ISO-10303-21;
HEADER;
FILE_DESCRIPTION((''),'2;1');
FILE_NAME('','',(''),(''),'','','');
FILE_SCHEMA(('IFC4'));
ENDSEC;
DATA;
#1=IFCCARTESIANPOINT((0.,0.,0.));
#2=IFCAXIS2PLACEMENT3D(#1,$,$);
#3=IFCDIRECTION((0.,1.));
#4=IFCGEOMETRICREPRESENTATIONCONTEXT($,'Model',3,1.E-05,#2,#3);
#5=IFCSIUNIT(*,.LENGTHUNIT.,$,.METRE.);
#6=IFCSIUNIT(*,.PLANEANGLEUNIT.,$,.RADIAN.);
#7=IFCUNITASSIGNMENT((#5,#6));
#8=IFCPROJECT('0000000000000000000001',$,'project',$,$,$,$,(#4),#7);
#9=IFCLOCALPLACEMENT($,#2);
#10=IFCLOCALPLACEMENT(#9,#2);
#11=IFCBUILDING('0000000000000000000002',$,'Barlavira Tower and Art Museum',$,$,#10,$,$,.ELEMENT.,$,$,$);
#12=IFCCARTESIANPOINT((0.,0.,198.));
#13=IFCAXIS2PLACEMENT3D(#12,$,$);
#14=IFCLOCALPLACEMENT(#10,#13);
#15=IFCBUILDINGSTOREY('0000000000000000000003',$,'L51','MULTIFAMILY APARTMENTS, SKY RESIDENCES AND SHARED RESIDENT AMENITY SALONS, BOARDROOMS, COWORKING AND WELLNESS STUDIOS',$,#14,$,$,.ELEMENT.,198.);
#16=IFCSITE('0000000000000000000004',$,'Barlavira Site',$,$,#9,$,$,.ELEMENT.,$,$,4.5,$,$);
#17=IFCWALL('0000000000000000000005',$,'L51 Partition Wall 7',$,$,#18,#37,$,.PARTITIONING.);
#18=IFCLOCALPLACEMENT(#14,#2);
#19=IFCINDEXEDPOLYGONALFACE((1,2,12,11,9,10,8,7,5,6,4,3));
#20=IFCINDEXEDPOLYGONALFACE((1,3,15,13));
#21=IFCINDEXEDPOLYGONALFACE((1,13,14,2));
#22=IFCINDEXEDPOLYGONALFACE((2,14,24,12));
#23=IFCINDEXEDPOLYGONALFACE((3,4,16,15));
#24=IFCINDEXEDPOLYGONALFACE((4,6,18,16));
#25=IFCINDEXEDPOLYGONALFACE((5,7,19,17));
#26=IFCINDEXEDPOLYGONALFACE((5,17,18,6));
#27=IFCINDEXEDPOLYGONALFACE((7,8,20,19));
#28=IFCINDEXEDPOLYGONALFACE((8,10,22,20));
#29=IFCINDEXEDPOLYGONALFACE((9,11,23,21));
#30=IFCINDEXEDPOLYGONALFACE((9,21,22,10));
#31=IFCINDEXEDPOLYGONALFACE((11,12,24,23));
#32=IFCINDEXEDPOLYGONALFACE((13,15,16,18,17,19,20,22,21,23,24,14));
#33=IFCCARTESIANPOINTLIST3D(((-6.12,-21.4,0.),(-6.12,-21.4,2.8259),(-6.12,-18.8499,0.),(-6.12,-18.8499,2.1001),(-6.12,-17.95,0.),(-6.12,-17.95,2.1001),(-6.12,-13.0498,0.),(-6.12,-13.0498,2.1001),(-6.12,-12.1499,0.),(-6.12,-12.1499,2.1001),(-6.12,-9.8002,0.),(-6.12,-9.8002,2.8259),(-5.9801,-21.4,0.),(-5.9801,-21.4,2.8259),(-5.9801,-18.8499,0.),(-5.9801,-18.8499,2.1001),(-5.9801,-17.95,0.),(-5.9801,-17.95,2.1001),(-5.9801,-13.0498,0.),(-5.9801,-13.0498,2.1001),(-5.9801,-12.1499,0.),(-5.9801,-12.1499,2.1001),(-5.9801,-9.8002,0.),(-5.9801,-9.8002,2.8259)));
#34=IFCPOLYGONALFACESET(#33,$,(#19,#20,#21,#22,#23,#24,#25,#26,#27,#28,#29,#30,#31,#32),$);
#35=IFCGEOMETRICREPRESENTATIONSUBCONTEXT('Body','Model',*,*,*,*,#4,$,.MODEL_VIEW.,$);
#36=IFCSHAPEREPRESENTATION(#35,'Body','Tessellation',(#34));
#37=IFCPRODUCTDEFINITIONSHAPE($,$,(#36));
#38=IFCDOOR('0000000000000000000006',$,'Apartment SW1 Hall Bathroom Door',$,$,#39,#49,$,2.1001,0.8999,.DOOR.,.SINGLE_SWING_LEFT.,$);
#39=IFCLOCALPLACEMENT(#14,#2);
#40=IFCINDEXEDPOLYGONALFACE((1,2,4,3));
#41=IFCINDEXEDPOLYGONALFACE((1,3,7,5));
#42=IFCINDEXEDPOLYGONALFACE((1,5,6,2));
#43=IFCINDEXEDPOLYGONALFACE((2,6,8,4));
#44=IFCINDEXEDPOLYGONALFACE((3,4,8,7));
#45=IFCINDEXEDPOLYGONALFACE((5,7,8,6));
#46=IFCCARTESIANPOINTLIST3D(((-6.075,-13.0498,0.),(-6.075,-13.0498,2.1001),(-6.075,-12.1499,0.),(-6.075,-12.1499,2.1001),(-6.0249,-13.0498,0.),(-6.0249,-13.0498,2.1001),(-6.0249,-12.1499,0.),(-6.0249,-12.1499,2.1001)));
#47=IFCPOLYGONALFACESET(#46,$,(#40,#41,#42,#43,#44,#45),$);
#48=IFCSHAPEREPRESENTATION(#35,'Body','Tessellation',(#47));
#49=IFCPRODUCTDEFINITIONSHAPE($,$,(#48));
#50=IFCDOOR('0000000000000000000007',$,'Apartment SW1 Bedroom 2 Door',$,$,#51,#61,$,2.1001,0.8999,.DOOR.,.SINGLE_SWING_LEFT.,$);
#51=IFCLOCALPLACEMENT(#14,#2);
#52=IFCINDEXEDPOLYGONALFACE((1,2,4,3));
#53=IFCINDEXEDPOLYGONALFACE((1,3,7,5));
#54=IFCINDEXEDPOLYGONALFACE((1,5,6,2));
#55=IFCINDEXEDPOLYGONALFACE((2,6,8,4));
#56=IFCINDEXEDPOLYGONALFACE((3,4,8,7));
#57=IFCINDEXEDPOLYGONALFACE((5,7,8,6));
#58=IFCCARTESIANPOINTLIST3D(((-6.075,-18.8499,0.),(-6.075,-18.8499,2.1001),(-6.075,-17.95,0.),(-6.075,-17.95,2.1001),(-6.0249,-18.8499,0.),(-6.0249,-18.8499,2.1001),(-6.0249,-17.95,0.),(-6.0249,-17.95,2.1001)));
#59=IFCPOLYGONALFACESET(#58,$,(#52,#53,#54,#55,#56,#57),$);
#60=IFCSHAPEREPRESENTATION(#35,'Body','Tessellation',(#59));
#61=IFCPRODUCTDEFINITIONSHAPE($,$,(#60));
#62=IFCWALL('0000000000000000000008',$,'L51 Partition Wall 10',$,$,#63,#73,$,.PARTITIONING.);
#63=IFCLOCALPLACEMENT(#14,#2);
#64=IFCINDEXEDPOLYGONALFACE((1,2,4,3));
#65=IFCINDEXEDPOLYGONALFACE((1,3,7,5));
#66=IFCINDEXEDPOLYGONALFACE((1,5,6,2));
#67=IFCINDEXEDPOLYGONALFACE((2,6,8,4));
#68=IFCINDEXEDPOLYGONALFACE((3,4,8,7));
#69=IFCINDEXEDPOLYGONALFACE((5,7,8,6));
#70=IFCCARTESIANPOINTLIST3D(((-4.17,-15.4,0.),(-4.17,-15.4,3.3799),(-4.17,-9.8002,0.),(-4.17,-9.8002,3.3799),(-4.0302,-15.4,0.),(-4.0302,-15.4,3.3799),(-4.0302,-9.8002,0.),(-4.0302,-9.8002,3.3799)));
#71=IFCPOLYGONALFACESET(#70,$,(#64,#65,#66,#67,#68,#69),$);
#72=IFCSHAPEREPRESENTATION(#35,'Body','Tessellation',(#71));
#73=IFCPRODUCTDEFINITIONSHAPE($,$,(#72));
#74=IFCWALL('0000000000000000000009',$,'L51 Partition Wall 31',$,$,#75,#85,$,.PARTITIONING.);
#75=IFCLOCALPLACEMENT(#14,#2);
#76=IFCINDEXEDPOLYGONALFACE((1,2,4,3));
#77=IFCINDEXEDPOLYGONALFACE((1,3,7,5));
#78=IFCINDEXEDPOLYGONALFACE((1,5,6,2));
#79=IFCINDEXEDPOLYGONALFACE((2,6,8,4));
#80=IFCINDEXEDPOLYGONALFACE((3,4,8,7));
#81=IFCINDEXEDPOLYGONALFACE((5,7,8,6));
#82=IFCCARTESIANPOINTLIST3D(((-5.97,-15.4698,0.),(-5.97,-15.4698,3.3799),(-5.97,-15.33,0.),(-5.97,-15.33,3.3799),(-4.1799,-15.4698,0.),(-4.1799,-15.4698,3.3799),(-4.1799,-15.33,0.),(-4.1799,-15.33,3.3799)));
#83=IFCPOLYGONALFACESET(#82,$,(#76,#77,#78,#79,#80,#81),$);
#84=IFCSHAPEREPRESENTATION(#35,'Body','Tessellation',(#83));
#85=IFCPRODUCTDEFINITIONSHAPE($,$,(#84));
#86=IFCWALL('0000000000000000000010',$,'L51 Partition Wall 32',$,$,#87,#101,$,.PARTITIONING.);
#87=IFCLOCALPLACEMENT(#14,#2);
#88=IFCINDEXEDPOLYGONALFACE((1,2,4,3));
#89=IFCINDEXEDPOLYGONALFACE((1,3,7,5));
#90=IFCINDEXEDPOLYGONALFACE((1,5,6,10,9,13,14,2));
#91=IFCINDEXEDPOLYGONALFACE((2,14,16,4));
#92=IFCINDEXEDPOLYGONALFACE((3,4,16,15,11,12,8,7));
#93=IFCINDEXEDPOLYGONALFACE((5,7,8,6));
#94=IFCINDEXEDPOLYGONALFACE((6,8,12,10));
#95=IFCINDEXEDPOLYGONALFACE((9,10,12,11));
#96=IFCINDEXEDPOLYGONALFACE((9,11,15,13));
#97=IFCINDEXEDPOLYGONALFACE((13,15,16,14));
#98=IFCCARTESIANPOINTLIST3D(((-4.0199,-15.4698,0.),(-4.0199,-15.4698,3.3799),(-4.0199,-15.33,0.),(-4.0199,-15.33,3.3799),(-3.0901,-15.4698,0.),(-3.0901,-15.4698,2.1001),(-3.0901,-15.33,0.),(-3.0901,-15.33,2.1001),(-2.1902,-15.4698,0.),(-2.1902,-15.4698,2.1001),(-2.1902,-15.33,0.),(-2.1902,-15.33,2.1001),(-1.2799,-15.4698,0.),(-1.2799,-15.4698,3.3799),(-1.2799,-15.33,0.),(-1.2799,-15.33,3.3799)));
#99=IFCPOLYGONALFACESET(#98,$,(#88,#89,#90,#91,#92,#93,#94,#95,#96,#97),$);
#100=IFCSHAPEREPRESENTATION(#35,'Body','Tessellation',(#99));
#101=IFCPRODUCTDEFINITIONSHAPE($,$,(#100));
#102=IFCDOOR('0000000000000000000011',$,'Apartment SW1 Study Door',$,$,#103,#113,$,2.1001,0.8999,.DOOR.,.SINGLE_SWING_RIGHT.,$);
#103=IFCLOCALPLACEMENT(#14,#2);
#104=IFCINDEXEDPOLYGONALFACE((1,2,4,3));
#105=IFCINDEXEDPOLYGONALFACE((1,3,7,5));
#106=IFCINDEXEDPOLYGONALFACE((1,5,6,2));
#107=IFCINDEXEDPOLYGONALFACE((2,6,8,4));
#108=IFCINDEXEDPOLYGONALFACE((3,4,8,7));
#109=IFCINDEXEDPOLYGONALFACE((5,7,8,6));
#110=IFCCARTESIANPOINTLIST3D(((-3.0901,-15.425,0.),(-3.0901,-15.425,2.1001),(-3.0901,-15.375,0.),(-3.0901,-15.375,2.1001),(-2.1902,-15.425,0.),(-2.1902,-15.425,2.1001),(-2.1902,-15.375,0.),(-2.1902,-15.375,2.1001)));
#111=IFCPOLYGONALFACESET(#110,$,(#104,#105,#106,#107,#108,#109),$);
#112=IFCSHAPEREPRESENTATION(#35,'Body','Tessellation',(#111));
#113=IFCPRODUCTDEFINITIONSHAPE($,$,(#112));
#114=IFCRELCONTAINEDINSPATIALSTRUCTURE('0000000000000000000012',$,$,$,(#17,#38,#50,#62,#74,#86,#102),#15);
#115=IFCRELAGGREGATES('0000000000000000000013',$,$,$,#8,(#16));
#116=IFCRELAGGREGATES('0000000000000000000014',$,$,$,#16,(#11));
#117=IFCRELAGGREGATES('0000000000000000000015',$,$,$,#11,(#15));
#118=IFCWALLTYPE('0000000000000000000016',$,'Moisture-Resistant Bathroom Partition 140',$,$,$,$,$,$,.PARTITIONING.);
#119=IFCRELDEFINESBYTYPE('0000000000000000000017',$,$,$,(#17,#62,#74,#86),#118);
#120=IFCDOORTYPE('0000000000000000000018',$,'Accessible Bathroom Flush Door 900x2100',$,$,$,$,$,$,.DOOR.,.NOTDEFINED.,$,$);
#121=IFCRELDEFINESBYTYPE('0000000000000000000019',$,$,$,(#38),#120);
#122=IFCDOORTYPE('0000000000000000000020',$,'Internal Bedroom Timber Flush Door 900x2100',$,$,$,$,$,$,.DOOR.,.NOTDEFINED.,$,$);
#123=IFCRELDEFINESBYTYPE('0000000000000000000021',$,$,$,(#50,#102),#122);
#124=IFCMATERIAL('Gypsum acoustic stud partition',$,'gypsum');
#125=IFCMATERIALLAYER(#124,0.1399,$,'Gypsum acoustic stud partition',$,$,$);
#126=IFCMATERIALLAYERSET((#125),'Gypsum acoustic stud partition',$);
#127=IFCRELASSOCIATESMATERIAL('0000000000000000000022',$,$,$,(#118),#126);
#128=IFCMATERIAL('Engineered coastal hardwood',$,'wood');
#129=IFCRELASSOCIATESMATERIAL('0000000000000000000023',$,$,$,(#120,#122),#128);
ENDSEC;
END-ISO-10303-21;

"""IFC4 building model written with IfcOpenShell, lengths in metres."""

from ifc_helpers import new_model, si_unit, direction, frame, frame_2d, origin, place, context, subcontext, project, spatial, rectangle, extrude, material, layer, layer_set, type_object, element, fill, save


model = new_model("IFC4")

# Units and contexts
model_context = context("Model", 3, precision=1e-05, world=origin(), true_north=direction((0.0, 1.0)))
body_context = subcontext(model_context, "Body", "Model", "MODEL_VIEW")
ifc_project = project(units=[si_unit("LENGTHUNIT", "METRE"), si_unit("PLANEANGLEUNIT", "RADIAN")], contexts=[model_context])

# Site, building, storey
site_placement = place(None, origin())
site = spatial("IfcSite", under=ifc_project, at=site_placement, Name="Barlavira Site", CompositionType="ELEMENT", RefElevation=4.5)
building_placement = place(site_placement, origin())
building = spatial("IfcBuilding", under=site, at=building_placement, Name="Barlavira Tower and Art Museum", CompositionType="ELEMENT")
storey_placement = place(building_placement, frame((0.0, 0.0, 198.0)))
storey = spatial("IfcBuildingStorey", under=building, at=storey_placement, Name="L51", Description="MULTIFAMILY APARTMENTS, SKY RESIDENCES AND SHARED RESIDENT AMENITY SALONS, BOARDROOMS, COWORKING AND WELLNESS STUDIOS", CompositionType="ELEMENT", Elevation=198.0)

# Shared definitions
ifc_material_1 = material(Name="Gypsum acoustic stud partition", Category="gypsum")

# Wall, openings, doors
ifc_layer_1 = layer(ifc_material_1, 0.1399, Name="Gypsum acoustic stud partition")
ifc_layer_set_1 = layer_set([ifc_layer_1], Name="Gypsum acoustic stud partition")
wall_type_1 = type_object("IfcWallType", Name="Moisture-Resistant Bathroom Partition 140", PredefinedType="PARTITIONING", material=ifc_layer_set_1)
wall_1_placement = place(storey_placement, frame((-6.05, -21.3999, 0.0), z_axis=(0.0, 0.0, 1.0), x_axis=(0.0, 1.0, 0.0)))
wall_1 = element("IfcWall", 1, at=wall_1_placement, inside=storey, type_object=wall_type_1, Name="L51 Partition Wall 7", PredefinedType="PARTITIONING", context=body_context, shape_type="SweptSolid", body=[
    extrude(rectangle(XDim=11.5999, YDim=0.1399, at=frame_2d((5.7998, 0.0))), origin(), (0.0, 0.0, 1.0), 2.8259),
])
opening_1_placement = place(wall_1_placement, frame((8.3501, 0.0, 0.0)))
opening_1 = element("IfcOpeningElement", 2, at=opening_1_placement, cuts=wall_1, PredefinedType="OPENING", context=body_context, shape_type="SweptSolid", body=[
    extrude(rectangle(XDim=0.8999, YDim=2.1001, at=frame_2d((0.45, 1.05))), frame((0.0, 0.0801, 0.0), z_axis=(0.0, -1.0, 0.0), x_axis=(1.0, 0.0, 0.0)), (0.0, 0.0, 1.0), 0.1599),
])
opening_2_placement = place(wall_1_placement, frame((2.55, 0.0, 0.0)))
opening_2 = element("IfcOpeningElement", 3, at=opening_2_placement, cuts=wall_1, PredefinedType="OPENING", context=body_context, shape_type="SweptSolid", body=[
    extrude(rectangle(XDim=0.8999, YDim=2.1001, at=frame_2d((0.45, 1.05))), frame((0.0, 0.0801, 0.0), z_axis=(0.0, -1.0, 0.0), x_axis=(1.0, 0.0, 0.0)), (0.0, 0.0, 1.0), 0.1599),
])
ifc_material_2 = material(Name="Engineered coastal hardwood", Category="wood")
door_type_1 = type_object("IfcDoorType", Name="Accessible Bathroom Flush Door 900x2100", OperationType="NOTDEFINED", PredefinedType="DOOR", material=ifc_material_2)
door_1_placement = place(opening_1_placement, origin())
door_1 = element("IfcDoor", 4, at=door_1_placement, inside=storey, type_object=door_type_1, Name="Apartment SW1 Hall Bathroom Door", OperationType="SINGLE_SWING_LEFT", OverallHeight=2.1001, OverallWidth=0.8999, PredefinedType="DOOR", context=body_context, shape_type="SweptSolid", body=[
    extrude(rectangle(XDim=0.8999, YDim=2.1001, at=frame_2d((0.45, 1.05))), frame((0.0, 0.0249, 0.0), z_axis=(0.0, -1.0, 0.0), x_axis=(1.0, 0.0, 0.0)), (0.0, 0.0, 1.0), 0.05),
])
fill(opening_1, door_1)
door_type_2 = type_object("IfcDoorType", Name="Internal Bedroom Timber Flush Door 900x2100", OperationType="NOTDEFINED", PredefinedType="DOOR", material=ifc_material_2)
door_2_placement = place(opening_2_placement, origin())
door_2 = element("IfcDoor", 5, at=door_2_placement, inside=storey, type_object=door_type_2, Name="Apartment SW1 Bedroom 2 Door", OperationType="SINGLE_SWING_LEFT", OverallHeight=2.1001, OverallWidth=0.8999, PredefinedType="DOOR", context=body_context, shape_type="SweptSolid", body=[
    extrude(rectangle(XDim=0.8999, YDim=2.1001, at=frame_2d((0.45, 1.05))), frame((0.0, 0.0249, 0.0), z_axis=(0.0, -1.0, 0.0), x_axis=(1.0, 0.0, 0.0)), (0.0, 0.0, 1.0), 0.05),
])
fill(opening_2, door_2)

# Walls
wall_2_placement = place(storey_placement, frame((-4.1001, -15.3999, 0.0), z_axis=(0.0, 0.0, 1.0), x_axis=(0.0, 1.0, 0.0)))
element("IfcWall", 6, at=wall_2_placement, inside=storey, type_object=wall_type_1, Name="L51 Partition Wall 10", PredefinedType="PARTITIONING", context=body_context, shape_type="SweptSolid", body=[
    extrude(rectangle(XDim=5.5999, YDim=0.1399, at=frame_2d((2.7998, 0.0))), origin(), (0.0, 0.0, 1.0), 3.3799),
])
wall_3_placement = place(storey_placement, frame((-5.97, -15.3999, 0.0), z_axis=(0.0, 0.0, 1.0), x_axis=(1.0, 0.0, 0.0)))
element("IfcWall", 7, at=wall_3_placement, inside=storey, type_object=wall_type_1, Name="L51 Partition Wall 31", PredefinedType="PARTITIONING", context=body_context, shape_type="SweptSolid", body=[
    extrude(rectangle(XDim=1.79, YDim=0.1399, at=frame_2d((0.895, 0.0))), origin(), (0.0, 0.0, 1.0), 3.3799),
])

# Wall, opening, door
wall_4_placement = place(storey_placement, frame((-4.02, -15.3999, 0.0), z_axis=(0.0, 0.0, 1.0), x_axis=(1.0, 0.0, 0.0)))
wall_4 = element("IfcWall", 8, at=wall_4_placement, inside=storey, type_object=wall_type_1, Name="L51 Partition Wall 32", PredefinedType="PARTITIONING", context=body_context, shape_type="SweptSolid", body=[
    extrude(rectangle(XDim=2.74, YDim=0.1399, at=frame_2d((1.3701, 0.0))), origin(), (0.0, 0.0, 1.0), 3.3799),
])
opening_3_placement = place(wall_4_placement, frame((0.9299, 0.0, 0.0)))
opening_3 = element("IfcOpeningElement", 9, at=opening_3_placement, cuts=wall_4, PredefinedType="OPENING", context=body_context, shape_type="SweptSolid", body=[
    extrude(rectangle(XDim=0.8999, YDim=2.1001, at=frame_2d((0.45, 1.05))), frame((0.0, 0.0801, 0.0), z_axis=(0.0, -1.0, 0.0), x_axis=(1.0, 0.0, 0.0)), (0.0, 0.0, 1.0), 0.1599),
])
door_3_placement = place(opening_3_placement, origin())
door_3 = element("IfcDoor", 10, at=door_3_placement, inside=storey, type_object=door_type_2, Name="Apartment SW1 Study Door", OperationType="SINGLE_SWING_RIGHT", OverallHeight=2.1001, OverallWidth=0.8999, PredefinedType="DOOR", context=body_context, shape_type="SweptSolid", body=[
    extrude(rectangle(XDim=0.8999, YDim=2.1001, at=frame_2d((0.45, 1.05))), frame((0.0, 0.0249, 0.0), z_axis=(0.0, -1.0, 0.0), x_axis=(1.0, 0.0, 0.0)), (0.0, 0.0, 1.0), 0.05),
])
fill(opening_3, door_3)

save(model, "model.ifc")
